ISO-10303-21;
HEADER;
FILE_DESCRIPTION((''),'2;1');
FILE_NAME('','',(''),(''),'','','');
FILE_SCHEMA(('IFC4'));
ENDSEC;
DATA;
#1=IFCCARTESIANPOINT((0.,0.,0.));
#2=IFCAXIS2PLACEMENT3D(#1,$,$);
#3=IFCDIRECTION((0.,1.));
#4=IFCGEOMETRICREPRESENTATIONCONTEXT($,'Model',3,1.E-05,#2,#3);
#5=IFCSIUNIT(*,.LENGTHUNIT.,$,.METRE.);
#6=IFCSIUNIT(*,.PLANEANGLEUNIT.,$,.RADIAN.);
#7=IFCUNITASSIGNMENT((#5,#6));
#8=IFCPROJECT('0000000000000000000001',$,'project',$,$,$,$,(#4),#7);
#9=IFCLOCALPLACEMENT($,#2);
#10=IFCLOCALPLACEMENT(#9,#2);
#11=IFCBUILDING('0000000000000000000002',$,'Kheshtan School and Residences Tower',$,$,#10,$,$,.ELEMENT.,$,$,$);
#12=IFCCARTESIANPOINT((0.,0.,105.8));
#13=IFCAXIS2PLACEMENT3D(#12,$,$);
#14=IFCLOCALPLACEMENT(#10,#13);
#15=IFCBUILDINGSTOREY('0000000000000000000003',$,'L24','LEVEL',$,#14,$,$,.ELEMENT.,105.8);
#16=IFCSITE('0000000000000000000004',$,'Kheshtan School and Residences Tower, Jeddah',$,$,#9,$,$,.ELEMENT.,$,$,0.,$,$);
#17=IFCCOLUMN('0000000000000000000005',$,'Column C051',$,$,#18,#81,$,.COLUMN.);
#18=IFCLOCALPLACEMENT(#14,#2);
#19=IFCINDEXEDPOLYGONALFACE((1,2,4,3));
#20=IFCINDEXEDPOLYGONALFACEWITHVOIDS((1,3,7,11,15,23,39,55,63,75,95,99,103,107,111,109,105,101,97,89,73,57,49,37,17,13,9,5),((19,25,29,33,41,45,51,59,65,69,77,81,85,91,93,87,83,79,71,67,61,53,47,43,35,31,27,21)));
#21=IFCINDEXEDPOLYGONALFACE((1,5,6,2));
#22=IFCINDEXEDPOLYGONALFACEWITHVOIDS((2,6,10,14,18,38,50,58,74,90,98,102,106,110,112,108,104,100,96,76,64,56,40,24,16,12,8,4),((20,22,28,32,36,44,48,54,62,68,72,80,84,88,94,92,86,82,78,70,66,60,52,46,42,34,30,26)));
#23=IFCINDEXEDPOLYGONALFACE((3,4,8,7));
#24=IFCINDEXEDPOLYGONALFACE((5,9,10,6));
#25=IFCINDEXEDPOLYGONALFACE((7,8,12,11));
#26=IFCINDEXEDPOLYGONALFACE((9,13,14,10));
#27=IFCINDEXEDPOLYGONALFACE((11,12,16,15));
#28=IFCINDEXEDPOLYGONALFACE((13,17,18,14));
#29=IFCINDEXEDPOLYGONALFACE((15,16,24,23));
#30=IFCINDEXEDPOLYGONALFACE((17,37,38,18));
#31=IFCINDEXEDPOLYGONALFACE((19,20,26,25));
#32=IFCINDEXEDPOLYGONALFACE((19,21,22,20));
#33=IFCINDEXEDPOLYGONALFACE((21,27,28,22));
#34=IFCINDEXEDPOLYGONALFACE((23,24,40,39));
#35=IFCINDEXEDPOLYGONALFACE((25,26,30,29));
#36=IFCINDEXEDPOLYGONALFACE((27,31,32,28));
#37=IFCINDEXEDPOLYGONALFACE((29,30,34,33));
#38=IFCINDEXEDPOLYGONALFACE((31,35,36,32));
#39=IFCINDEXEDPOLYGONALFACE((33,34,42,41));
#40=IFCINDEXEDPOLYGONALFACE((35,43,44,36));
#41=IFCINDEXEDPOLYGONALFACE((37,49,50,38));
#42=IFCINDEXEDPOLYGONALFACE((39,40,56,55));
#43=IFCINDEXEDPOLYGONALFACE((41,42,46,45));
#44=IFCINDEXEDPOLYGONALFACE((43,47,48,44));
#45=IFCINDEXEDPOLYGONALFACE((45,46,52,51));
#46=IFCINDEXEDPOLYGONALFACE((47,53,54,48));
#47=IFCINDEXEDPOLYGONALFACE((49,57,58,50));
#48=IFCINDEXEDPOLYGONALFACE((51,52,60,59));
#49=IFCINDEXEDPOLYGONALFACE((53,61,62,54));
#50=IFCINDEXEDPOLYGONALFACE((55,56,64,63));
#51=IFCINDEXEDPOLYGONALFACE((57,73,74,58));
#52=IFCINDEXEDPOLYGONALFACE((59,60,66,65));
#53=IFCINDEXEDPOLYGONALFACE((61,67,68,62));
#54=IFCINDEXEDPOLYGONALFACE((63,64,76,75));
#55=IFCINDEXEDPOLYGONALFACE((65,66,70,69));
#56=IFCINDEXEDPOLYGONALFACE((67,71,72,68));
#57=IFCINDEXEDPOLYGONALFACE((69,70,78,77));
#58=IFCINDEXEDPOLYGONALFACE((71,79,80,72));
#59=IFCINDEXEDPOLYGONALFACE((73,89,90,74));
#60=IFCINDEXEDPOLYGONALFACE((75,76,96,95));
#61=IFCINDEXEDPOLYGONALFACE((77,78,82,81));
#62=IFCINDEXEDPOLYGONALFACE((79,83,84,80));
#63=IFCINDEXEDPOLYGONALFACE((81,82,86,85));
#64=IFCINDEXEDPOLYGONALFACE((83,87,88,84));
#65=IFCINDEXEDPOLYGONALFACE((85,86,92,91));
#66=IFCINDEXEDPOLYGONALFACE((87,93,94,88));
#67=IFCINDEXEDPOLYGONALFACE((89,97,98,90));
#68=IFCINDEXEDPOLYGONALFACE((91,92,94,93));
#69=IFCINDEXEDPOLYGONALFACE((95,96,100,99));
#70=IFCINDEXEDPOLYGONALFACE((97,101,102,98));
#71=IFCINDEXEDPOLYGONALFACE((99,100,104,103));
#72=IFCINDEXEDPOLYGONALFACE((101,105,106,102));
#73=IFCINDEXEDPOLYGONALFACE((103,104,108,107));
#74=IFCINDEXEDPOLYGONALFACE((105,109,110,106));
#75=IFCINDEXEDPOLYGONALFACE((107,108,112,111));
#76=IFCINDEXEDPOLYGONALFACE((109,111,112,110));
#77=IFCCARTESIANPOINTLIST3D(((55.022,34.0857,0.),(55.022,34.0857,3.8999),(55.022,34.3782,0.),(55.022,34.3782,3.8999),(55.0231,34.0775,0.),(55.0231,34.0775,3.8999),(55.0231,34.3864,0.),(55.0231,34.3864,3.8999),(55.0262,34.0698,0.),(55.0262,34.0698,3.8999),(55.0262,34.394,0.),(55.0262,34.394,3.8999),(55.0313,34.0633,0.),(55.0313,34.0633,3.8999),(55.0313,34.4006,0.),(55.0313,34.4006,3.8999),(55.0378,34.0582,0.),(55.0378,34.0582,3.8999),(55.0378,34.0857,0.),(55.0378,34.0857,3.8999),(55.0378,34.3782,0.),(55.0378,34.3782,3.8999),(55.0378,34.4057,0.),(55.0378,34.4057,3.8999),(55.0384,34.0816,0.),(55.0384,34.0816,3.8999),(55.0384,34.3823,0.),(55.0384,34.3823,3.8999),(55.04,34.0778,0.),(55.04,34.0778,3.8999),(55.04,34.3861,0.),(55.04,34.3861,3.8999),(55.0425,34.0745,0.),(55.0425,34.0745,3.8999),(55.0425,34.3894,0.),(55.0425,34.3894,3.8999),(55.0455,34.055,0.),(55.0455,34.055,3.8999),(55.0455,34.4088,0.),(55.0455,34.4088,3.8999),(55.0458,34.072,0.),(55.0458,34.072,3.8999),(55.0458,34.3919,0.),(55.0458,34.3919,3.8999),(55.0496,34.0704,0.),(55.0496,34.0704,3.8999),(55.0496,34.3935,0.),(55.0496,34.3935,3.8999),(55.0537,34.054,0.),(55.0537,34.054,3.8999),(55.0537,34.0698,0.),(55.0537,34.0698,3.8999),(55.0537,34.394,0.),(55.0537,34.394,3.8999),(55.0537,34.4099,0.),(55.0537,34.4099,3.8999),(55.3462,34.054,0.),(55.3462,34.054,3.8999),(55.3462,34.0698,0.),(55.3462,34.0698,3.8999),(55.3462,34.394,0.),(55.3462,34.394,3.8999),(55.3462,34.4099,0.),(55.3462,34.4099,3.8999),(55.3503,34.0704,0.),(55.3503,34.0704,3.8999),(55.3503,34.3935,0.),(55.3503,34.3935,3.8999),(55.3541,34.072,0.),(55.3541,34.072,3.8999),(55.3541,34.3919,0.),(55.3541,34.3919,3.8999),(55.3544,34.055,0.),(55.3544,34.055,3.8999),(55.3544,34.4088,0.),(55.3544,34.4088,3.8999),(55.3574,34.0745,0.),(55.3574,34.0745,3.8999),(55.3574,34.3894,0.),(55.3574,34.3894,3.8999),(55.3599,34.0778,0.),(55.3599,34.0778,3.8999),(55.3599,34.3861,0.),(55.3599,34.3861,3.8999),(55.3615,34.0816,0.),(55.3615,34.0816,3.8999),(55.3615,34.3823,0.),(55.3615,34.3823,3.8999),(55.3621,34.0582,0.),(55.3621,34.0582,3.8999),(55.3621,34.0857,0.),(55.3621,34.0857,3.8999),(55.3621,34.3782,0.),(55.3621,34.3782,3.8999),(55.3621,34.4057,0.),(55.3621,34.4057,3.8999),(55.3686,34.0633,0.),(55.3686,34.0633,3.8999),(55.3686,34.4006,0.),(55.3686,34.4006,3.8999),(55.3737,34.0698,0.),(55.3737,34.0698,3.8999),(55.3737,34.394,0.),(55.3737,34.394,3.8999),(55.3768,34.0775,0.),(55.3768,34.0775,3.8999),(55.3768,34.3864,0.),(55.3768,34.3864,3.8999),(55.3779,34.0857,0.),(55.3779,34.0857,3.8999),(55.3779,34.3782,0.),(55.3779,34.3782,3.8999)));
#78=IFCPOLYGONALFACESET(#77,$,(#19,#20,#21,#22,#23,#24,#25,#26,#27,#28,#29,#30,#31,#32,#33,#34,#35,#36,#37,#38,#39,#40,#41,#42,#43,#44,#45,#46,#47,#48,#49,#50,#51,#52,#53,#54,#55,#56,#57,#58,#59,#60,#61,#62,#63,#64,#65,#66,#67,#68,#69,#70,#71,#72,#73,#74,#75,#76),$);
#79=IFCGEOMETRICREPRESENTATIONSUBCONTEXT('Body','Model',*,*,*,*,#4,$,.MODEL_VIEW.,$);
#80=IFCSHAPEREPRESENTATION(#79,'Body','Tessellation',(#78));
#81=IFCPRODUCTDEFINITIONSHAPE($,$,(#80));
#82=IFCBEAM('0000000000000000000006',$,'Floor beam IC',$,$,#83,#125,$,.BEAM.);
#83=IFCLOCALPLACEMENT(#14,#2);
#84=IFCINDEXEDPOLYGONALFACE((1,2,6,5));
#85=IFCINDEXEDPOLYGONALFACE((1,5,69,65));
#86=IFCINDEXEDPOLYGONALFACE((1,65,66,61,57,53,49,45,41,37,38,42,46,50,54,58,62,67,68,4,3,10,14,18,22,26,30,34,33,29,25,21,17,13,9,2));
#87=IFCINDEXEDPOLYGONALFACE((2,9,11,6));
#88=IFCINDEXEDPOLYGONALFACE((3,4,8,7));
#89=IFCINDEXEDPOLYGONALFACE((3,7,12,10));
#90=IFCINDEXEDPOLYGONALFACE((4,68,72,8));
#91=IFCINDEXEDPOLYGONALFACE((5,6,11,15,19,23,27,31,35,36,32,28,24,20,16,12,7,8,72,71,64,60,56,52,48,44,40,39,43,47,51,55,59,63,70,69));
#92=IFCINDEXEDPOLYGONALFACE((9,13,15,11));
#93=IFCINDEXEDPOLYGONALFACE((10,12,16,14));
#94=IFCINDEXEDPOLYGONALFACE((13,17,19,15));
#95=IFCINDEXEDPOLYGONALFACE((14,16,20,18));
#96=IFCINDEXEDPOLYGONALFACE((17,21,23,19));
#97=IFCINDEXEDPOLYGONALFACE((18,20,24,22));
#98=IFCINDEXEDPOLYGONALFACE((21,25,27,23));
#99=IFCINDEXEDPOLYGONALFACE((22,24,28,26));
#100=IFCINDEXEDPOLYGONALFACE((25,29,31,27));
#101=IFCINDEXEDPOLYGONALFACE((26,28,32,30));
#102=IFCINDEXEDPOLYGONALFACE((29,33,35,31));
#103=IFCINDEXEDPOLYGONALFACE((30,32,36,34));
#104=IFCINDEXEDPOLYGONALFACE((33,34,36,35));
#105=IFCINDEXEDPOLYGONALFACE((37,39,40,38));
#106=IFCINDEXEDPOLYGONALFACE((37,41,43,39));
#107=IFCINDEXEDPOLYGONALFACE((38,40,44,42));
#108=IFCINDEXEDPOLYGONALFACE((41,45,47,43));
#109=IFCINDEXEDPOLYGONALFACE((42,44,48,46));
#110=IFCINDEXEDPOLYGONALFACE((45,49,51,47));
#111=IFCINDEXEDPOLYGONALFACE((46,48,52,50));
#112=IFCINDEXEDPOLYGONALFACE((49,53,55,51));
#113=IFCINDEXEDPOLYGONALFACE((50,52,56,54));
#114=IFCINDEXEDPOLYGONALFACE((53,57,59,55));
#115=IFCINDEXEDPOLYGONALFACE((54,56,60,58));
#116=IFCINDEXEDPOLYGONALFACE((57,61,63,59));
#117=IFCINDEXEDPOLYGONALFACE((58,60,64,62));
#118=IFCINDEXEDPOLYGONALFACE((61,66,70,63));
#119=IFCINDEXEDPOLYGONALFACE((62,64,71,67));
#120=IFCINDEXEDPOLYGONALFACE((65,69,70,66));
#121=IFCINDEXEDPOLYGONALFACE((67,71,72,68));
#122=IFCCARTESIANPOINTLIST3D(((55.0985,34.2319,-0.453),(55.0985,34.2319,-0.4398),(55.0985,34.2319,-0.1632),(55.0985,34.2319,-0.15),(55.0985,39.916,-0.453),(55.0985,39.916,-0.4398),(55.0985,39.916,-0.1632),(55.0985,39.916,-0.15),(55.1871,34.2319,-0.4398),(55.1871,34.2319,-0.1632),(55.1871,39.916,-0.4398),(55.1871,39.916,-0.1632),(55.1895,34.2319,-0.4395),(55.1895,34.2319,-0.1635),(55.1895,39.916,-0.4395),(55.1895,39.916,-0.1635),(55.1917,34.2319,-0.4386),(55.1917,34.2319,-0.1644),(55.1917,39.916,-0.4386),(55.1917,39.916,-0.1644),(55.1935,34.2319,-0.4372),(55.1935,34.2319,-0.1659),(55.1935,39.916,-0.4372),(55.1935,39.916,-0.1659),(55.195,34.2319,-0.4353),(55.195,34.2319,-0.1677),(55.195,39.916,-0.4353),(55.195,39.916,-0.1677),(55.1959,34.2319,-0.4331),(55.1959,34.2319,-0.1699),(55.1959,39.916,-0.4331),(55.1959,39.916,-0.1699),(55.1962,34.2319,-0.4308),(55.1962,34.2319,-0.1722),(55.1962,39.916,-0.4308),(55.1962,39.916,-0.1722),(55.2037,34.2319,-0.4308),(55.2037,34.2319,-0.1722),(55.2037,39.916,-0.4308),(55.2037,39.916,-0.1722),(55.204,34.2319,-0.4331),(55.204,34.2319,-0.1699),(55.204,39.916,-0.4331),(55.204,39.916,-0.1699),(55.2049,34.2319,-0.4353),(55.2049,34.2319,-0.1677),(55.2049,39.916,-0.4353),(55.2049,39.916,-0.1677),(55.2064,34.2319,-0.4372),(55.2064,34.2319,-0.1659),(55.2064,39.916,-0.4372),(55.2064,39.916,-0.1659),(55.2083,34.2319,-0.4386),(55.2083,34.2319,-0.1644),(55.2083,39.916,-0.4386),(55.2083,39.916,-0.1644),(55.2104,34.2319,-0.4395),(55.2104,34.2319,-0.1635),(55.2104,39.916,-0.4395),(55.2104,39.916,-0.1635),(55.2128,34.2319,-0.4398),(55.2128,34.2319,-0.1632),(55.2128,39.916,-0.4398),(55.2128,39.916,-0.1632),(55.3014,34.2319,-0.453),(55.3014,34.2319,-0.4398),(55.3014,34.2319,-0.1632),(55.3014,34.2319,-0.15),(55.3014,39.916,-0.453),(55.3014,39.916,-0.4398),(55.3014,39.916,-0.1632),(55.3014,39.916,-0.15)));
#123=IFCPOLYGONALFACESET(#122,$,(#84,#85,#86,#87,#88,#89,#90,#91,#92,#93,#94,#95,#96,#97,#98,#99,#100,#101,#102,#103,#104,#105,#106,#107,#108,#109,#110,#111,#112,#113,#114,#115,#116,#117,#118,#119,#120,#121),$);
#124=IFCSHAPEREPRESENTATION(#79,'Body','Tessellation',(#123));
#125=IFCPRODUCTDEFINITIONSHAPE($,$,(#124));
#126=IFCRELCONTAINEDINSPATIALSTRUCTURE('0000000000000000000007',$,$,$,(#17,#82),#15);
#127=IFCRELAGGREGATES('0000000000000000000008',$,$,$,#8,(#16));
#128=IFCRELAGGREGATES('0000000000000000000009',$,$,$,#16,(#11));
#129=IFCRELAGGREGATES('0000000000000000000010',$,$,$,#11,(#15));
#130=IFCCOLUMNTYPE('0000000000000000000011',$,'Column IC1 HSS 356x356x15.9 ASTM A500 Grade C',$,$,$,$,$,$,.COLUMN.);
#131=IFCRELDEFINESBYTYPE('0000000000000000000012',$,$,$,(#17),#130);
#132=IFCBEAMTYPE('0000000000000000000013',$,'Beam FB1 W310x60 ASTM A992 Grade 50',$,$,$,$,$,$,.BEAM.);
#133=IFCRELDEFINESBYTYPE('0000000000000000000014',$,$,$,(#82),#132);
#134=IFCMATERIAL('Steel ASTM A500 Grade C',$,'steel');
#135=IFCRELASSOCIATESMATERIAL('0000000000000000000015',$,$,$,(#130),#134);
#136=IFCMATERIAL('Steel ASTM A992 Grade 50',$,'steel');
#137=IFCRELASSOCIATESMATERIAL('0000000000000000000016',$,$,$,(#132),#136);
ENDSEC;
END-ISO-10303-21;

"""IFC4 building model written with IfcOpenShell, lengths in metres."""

from ifc_helpers import new_model, si_unit, direction, frame, origin, origin_2d, place, context, subcontext, project, spatial, hollow_rectangle, i_section, extrude, material, material_profile, profile_set, type_object, element, save


model = new_model("IFC4")

# Units and contexts
model_context = context("Model", 3, precision=1e-05, world=origin(), true_north=direction((0.0, 1.0)))
body_context = subcontext(model_context, "Body", "Model", "MODEL_VIEW")
ifc_project = project(units=[si_unit("LENGTHUNIT", "METRE"), si_unit("PLANEANGLEUNIT", "RADIAN")], contexts=[model_context])

# Site, building, storey
site_placement = place(None, origin())
site = spatial("IfcSite", under=ifc_project, at=site_placement, Name="Kheshtan School and Residences Tower, Jeddah", CompositionType="ELEMENT", RefElevation=0.0)
building_placement = place(site_placement, origin())
building = spatial("IfcBuilding", under=site, at=building_placement, Name="Kheshtan School and Residences Tower", CompositionType="ELEMENT")
storey_placement = place(building_placement, frame((0.0, 0.0, 105.8)))
storey = spatial("IfcBuildingStorey", under=building, at=storey_placement, Name="L24", Description="LEVEL", CompositionType="ELEMENT", Elevation=105.8)

# Column
ifc_material_1 = material(Name="Steel ASTM A500 Grade C", Category="steel")
ifc_material_profile_1 = material_profile(ifc_material_1, hollow_rectangle(XDim=0.356, YDim=0.356, WallThickness=0.0159, InnerFilletRadius=0.0159, OuterFilletRadius=0.0317, at=origin_2d()), Name="HSS 356x356x15.9")
ifc_profile_set_1 = profile_set([ifc_material_profile_1], Name="Steel ASTM A500 Grade C")
column_type = type_object("IfcColumnType", Name="Column IC1 HSS 356x356x15.9 ASTM A500 Grade C", PredefinedType="COLUMN", material=ifc_profile_set_1)
column_placement = place(storey_placement, frame((55.2, 34.2319, 0.0), z_axis=(0.0, 0.0, 1.0), x_axis=(1.0, 0.0, 0.0)))
element("IfcColumn", 1, at=column_placement, inside=storey, type_object=column_type, Name="Column C051", PredefinedType="COLUMN", context=body_context, shape_type="SweptSolid", body=[
    extrude(hollow_rectangle(XDim=0.356, YDim=0.356, WallThickness=0.0159, InnerFilletRadius=0.0159, OuterFilletRadius=0.0317, at=origin_2d()), origin(), (0.0, 0.0, 1.0), 3.8999),
])

# Beam
ifc_material_2 = material(Name="Steel ASTM A992 Grade 50", Category="steel")
ifc_material_profile_2 = material_profile(ifc_material_2, i_section(OverallWidth=0.2029, OverallDepth=0.303, WebThickness=0.0076, FlangeThickness=0.0132, FilletRadius=0.009, at=origin_2d()), Name="W310x60")
ifc_profile_set_2 = profile_set([ifc_material_profile_2], Name="Steel ASTM A992 Grade 50")
beam_type = type_object("IfcBeamType", Name="Beam FB1 W310x60 ASTM A992 Grade 50", PredefinedType="BEAM", material=ifc_profile_set_2)
beam_placement = place(storey_placement, frame((55.2, 34.2319, -0.3015), z_axis=(0.0, 1.0, 0.0), x_axis=(-1.0, 0.0, 0.0)))
element("IfcBeam", 2, at=beam_placement, inside=storey, type_object=beam_type, Name="Floor beam IC", PredefinedType="BEAM", context=body_context, shape_type="SweptSolid", body=[
    extrude(i_section(OverallWidth=0.2029, OverallDepth=0.303, WebThickness=0.0076, FlangeThickness=0.0132, FilletRadius=0.009, at=origin_2d()), origin(), (0.0, 0.0, 1.0), 5.6841),
])

save(model, "model.ifc")
